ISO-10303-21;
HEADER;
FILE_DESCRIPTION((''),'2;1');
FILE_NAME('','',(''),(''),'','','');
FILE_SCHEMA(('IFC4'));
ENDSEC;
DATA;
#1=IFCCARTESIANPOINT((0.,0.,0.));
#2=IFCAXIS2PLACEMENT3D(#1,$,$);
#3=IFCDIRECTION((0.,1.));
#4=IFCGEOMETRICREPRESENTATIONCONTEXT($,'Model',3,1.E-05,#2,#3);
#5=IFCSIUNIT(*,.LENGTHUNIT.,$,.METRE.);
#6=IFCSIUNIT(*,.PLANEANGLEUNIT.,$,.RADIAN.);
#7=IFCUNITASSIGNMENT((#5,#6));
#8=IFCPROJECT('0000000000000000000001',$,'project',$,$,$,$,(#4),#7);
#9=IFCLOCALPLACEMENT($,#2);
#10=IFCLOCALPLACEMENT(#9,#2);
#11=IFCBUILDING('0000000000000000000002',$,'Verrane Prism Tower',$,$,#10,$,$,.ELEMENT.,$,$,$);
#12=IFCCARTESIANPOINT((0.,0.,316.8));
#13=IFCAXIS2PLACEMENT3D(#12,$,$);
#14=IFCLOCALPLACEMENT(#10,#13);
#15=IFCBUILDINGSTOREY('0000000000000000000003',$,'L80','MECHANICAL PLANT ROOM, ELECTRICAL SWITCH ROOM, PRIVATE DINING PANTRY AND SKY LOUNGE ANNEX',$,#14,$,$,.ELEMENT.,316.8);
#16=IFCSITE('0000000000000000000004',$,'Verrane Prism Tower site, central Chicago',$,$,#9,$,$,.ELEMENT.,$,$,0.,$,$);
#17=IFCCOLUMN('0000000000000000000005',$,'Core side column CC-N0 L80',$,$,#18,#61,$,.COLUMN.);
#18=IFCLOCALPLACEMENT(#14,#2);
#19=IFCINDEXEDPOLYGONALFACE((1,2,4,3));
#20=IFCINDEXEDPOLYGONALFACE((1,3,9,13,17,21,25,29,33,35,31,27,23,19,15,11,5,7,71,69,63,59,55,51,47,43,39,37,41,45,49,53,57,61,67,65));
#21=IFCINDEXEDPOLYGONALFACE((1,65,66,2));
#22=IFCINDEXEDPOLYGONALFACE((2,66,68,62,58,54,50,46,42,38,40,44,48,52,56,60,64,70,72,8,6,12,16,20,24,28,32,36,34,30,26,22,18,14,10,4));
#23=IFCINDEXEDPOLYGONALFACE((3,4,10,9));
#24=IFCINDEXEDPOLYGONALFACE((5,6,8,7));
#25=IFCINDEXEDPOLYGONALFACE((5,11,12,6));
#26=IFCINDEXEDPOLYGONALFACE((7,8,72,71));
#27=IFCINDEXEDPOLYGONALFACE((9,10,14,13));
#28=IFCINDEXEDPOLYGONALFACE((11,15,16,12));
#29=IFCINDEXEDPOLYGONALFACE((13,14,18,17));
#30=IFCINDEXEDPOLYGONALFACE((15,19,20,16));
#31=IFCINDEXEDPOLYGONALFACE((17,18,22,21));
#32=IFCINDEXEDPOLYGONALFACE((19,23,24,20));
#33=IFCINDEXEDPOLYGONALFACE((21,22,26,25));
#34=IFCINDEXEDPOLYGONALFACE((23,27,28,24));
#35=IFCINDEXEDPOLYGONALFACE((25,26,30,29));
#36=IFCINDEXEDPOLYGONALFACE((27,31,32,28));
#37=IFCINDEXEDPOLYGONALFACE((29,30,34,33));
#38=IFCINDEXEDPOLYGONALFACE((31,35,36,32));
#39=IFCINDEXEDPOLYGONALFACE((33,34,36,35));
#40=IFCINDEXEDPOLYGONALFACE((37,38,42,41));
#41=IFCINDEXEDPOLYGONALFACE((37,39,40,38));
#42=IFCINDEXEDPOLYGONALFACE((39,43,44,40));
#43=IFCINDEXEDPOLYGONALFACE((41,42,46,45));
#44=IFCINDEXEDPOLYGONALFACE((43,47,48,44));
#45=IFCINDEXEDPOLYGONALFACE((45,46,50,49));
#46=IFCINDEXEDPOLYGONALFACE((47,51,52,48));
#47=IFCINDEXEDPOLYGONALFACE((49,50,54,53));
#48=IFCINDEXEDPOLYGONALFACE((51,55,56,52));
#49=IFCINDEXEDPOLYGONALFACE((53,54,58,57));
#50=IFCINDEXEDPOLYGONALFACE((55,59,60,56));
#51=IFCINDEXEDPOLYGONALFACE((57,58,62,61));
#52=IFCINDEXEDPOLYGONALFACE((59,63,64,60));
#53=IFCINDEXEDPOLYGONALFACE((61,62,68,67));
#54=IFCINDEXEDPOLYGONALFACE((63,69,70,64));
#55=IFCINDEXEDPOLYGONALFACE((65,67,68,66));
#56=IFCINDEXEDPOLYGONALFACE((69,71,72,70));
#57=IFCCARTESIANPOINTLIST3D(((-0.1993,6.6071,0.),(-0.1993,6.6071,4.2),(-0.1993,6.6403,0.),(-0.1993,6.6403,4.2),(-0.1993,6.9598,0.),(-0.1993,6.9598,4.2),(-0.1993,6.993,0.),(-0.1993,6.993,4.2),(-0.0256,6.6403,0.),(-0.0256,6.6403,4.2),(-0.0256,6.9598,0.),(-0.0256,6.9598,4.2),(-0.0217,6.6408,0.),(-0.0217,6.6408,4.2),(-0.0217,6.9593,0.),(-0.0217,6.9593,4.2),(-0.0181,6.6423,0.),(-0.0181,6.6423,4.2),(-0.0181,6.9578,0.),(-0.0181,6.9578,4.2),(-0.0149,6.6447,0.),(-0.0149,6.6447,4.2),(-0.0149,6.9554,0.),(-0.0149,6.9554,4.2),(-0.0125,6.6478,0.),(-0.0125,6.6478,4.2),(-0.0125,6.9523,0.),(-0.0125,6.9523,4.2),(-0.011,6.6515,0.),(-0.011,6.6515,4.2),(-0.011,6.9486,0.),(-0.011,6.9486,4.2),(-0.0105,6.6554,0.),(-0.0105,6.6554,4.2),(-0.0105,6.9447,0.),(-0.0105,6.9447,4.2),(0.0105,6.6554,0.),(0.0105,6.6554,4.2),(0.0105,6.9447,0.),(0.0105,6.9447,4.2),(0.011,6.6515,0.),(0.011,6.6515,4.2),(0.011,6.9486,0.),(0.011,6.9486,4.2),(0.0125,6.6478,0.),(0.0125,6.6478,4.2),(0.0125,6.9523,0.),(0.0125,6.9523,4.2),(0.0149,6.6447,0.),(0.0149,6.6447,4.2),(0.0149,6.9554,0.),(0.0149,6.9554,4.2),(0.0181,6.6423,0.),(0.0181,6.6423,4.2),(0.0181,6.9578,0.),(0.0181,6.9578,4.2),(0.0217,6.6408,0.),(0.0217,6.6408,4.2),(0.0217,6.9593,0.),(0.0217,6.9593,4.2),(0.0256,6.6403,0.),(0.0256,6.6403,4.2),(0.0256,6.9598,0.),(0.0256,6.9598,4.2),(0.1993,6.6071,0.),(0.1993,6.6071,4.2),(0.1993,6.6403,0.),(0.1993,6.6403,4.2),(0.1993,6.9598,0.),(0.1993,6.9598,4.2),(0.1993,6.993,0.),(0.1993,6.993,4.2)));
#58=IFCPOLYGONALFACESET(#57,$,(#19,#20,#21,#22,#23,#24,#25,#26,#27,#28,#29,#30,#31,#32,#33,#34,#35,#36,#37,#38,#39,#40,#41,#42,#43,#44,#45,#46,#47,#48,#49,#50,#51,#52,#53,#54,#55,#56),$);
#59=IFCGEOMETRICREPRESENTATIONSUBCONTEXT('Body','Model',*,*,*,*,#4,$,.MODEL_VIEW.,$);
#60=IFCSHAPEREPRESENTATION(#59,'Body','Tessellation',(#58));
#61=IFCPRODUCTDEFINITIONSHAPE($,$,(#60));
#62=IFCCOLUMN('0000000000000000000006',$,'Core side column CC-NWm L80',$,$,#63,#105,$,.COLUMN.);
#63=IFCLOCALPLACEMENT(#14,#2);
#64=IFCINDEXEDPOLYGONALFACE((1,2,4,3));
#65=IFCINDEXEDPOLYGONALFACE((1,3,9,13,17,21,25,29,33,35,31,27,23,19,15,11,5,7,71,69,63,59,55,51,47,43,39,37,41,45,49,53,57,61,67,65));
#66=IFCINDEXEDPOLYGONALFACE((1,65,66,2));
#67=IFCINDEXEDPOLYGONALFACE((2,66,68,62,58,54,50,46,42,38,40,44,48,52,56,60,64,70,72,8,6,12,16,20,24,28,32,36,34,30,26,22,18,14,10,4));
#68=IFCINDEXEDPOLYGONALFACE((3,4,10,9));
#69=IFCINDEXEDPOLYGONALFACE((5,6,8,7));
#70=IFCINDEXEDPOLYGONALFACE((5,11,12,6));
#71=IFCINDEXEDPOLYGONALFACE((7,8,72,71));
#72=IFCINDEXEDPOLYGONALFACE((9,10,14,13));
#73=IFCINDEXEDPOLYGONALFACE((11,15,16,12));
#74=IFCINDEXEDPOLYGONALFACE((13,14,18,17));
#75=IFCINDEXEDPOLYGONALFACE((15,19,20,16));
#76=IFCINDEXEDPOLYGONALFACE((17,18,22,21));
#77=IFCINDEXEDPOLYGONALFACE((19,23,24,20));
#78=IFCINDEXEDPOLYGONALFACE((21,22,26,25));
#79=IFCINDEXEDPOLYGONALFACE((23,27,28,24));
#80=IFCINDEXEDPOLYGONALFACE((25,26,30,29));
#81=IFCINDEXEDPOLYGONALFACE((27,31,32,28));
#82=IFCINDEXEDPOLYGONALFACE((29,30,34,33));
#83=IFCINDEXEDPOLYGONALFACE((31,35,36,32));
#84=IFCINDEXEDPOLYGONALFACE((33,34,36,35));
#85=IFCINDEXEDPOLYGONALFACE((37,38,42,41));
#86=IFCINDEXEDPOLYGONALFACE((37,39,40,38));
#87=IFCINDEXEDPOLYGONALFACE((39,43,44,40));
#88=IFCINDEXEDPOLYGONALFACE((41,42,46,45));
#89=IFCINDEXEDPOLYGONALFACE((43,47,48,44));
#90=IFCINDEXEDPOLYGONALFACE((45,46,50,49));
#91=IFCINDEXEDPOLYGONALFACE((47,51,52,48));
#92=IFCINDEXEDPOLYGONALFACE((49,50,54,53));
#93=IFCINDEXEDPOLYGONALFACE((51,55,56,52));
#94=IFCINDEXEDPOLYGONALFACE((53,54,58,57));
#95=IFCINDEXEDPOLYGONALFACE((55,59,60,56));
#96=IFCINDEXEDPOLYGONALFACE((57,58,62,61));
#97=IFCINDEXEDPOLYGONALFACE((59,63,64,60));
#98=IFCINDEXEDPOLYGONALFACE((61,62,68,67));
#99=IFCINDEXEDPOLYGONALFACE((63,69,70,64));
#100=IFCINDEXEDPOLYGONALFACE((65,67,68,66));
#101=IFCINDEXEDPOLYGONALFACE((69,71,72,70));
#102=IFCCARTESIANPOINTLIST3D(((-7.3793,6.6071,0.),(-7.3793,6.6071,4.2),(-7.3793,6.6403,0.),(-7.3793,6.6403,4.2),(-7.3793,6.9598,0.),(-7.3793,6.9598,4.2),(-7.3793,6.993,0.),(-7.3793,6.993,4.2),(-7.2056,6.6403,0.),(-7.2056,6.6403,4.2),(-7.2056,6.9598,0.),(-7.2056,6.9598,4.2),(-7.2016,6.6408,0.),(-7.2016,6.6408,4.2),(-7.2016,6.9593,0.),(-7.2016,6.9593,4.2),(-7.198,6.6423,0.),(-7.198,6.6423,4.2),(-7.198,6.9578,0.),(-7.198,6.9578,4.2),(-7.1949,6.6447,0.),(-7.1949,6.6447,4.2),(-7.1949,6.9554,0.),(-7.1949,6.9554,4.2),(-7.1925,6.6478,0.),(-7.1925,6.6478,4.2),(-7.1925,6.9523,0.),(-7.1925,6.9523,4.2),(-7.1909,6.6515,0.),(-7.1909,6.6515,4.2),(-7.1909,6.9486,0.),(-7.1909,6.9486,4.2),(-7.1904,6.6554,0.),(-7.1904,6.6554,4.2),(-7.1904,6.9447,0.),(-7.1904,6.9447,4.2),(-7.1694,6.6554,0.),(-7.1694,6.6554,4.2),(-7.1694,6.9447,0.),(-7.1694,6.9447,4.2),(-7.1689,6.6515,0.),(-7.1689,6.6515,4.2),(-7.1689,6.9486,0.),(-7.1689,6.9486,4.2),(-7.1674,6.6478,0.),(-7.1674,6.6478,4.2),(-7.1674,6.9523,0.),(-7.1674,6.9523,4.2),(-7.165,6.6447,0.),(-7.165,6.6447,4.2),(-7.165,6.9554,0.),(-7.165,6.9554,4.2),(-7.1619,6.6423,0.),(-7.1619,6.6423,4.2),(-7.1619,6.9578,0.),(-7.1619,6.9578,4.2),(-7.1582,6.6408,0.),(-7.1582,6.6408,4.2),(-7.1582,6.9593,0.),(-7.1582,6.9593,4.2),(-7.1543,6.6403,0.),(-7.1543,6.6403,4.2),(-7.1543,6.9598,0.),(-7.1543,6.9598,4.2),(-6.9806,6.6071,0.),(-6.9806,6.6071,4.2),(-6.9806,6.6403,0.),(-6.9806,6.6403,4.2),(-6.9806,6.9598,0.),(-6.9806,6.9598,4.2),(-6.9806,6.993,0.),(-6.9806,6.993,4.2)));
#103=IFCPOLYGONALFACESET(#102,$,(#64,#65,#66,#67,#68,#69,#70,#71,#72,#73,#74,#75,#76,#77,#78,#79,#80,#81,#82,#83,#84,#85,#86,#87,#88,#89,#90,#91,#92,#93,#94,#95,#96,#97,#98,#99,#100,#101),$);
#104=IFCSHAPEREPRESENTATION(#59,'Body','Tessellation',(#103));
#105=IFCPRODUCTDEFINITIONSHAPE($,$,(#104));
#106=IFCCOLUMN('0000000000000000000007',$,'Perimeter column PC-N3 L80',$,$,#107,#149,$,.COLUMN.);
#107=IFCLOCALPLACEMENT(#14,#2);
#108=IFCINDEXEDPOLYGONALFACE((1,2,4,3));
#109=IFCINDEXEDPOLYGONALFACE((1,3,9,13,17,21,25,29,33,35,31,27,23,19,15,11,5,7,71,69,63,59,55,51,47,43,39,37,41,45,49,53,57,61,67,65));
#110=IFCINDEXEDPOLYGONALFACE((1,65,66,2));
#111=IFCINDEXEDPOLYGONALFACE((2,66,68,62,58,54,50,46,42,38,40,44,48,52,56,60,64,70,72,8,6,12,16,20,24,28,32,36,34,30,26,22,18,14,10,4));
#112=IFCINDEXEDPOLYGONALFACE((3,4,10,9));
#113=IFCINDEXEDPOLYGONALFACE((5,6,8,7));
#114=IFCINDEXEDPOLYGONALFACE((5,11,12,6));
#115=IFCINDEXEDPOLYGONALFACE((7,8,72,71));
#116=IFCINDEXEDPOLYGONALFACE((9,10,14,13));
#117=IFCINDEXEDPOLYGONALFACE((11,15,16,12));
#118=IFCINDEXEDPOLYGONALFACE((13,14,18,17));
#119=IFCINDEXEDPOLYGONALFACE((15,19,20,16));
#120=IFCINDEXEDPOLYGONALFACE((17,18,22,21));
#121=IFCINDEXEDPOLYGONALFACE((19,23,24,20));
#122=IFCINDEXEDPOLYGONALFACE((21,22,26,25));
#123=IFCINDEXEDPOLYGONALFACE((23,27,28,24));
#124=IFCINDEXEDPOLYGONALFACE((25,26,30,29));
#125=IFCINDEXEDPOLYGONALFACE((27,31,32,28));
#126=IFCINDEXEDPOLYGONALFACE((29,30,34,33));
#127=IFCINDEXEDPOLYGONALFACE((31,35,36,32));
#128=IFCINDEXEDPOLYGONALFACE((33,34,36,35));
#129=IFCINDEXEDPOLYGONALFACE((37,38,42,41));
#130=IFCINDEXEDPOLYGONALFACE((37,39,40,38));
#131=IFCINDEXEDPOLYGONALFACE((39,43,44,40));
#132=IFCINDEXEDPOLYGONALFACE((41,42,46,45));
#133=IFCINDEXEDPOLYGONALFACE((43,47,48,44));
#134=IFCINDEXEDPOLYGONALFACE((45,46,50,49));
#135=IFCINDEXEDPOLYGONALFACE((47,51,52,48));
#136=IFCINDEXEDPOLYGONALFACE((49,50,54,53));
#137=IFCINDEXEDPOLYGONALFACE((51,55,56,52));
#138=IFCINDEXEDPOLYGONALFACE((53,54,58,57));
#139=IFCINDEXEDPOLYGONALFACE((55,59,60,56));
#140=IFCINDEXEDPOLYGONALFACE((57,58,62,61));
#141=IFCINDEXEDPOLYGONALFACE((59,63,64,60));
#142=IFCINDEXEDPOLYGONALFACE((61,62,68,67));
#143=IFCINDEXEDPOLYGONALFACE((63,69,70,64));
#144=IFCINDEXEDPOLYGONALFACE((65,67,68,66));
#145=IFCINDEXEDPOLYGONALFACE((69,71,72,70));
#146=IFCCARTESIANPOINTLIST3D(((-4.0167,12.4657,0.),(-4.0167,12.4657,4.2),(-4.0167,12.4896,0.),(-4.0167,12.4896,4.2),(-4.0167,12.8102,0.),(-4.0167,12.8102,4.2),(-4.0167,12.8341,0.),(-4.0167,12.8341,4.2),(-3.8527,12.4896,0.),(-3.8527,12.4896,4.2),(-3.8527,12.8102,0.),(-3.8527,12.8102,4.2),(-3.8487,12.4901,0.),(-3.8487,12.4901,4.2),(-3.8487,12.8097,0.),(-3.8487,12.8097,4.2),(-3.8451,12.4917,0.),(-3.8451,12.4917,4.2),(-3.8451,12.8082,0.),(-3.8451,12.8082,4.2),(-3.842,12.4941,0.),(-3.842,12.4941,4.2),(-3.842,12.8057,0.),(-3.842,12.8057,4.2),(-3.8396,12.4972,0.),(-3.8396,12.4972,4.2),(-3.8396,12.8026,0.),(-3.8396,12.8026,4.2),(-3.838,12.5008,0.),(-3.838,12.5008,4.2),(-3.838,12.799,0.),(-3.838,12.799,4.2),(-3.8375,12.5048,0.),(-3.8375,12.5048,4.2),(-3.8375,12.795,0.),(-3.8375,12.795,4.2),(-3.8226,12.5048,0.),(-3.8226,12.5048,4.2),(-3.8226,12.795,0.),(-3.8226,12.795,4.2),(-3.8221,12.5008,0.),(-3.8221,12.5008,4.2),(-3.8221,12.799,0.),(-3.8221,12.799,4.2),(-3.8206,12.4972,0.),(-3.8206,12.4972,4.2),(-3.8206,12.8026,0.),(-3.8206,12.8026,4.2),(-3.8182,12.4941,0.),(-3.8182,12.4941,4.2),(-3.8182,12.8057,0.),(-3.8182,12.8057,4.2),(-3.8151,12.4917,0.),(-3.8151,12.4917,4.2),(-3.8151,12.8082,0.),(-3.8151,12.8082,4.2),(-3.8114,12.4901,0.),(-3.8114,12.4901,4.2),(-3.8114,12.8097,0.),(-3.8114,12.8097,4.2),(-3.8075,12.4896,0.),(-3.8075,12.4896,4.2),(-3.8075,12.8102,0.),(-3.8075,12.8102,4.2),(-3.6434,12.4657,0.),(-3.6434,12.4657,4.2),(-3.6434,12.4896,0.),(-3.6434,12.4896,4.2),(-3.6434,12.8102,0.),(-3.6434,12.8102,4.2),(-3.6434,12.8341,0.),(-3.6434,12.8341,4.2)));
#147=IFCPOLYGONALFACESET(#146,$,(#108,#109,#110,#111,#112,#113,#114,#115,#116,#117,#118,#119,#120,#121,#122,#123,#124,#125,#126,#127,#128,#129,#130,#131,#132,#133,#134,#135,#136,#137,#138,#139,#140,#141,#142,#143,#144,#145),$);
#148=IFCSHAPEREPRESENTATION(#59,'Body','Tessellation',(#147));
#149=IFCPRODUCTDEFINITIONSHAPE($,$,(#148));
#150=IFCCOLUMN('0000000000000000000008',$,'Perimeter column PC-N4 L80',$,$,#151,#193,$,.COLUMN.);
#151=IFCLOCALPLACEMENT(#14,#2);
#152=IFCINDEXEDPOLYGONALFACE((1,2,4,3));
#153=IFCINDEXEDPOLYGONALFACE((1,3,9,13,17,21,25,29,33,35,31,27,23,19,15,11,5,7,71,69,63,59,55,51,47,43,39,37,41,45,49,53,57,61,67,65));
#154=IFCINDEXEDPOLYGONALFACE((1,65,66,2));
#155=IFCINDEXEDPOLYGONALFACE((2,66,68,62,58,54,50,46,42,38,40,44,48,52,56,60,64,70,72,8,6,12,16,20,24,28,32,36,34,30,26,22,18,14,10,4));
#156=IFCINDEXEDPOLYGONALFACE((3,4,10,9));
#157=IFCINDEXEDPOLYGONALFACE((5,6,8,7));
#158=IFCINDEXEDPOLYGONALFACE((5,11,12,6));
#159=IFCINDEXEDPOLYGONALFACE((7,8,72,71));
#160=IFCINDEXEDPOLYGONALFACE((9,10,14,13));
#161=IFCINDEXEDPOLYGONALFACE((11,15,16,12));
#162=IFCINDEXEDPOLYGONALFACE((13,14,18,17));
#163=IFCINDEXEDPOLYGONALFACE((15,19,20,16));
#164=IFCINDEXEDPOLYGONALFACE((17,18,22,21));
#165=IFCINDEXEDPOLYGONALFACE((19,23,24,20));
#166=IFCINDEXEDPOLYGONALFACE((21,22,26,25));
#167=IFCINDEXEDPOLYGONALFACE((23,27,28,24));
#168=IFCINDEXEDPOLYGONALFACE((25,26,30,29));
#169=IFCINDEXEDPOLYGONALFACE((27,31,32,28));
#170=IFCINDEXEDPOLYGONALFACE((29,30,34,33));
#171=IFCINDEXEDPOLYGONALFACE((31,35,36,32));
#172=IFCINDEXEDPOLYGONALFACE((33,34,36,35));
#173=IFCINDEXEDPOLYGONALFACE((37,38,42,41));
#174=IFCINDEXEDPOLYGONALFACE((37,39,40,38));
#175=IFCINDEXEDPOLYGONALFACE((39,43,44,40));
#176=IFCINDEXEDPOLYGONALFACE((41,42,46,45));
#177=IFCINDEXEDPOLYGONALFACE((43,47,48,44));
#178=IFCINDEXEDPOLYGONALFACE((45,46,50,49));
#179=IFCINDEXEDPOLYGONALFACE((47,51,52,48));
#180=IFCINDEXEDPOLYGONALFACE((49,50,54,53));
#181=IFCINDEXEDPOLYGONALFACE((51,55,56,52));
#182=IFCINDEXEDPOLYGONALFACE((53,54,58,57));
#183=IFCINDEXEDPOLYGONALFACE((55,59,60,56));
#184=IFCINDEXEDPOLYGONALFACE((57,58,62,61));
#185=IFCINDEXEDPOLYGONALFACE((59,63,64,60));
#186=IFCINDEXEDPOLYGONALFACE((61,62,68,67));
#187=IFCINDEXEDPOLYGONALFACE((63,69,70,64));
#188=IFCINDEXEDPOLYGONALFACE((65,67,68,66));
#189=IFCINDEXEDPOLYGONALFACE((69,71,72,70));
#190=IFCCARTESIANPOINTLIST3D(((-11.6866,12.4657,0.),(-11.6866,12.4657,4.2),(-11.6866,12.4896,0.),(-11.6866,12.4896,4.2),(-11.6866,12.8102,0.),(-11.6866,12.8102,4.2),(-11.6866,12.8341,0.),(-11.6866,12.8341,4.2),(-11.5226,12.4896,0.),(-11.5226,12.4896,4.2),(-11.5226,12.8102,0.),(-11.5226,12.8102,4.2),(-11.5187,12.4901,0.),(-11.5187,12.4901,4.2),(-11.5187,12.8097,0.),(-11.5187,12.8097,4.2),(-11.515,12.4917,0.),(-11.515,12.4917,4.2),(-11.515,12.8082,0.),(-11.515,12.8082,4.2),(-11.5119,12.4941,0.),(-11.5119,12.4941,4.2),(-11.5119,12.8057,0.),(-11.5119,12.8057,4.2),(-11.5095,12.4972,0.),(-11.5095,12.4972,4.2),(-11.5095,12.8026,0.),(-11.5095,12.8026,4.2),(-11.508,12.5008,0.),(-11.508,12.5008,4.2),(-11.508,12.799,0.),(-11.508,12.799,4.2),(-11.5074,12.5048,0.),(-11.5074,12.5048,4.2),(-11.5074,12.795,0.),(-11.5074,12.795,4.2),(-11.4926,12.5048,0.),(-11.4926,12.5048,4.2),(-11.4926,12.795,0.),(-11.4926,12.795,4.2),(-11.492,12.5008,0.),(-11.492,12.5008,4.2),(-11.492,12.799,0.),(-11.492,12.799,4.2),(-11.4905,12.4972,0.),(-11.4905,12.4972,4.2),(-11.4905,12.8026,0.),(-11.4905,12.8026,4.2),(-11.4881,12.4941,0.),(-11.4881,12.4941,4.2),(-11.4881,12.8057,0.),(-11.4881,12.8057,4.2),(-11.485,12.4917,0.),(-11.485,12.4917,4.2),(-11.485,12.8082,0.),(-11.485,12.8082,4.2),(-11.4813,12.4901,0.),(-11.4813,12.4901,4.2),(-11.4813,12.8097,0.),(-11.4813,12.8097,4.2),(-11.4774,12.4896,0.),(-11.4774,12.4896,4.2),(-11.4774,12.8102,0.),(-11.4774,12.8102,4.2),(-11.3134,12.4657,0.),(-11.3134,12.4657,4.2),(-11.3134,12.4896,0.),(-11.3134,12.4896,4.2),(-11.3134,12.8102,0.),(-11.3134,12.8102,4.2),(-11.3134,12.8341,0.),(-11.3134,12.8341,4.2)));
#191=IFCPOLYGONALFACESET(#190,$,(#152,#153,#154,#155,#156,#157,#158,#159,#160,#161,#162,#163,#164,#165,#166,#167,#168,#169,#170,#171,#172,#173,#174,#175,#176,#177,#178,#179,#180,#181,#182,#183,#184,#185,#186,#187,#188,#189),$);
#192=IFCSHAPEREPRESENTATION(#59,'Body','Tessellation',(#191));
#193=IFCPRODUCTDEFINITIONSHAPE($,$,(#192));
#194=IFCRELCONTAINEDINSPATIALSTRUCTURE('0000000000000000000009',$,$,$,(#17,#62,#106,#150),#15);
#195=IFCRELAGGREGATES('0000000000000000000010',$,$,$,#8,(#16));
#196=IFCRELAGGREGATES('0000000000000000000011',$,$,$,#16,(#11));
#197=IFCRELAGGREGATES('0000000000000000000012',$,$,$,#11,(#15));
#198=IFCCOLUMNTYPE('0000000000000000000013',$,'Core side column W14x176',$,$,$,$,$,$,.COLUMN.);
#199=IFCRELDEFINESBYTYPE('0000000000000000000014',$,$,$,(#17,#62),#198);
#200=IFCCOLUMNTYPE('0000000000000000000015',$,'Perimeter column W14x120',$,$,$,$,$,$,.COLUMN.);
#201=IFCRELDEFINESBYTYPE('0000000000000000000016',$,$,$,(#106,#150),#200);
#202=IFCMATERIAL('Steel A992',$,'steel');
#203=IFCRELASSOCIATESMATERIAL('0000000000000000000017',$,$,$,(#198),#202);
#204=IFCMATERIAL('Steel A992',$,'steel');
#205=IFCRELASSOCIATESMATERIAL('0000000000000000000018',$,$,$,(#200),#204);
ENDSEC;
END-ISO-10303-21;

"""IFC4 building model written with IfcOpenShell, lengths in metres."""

from ifc_helpers import new_model, si_unit, direction, frame, origin, origin_2d, place, context, subcontext, project, spatial, i_section, extrude, material, material_profile, profile_set, type_object, element, save


model = new_model("IFC4")

# Units and contexts
model_context = context("Model", 3, precision=1e-05, world=origin(), true_north=direction((0.0, 1.0)))
body_context = subcontext(model_context, "Body", "Model", "MODEL_VIEW")
ifc_project = project(units=[si_unit("LENGTHUNIT", "METRE"), si_unit("PLANEANGLEUNIT", "RADIAN")], contexts=[model_context])

# Site, building, storey
site_placement = place(None, origin())
site = spatial("IfcSite", under=ifc_project, at=site_placement, Name="Verrane Prism Tower site, central Chicago", CompositionType="ELEMENT", RefElevation=0.0)
building_placement = place(site_placement, origin())
building = spatial("IfcBuilding", under=site, at=building_placement, Name="Verrane Prism Tower", CompositionType="ELEMENT")
storey_placement = place(building_placement, frame((0.0, 0.0, 316.8)))
storey = spatial("IfcBuildingStorey", under=building, at=storey_placement, Name="L80", Description="MECHANICAL PLANT ROOM, ELECTRICAL SWITCH ROOM, PRIVATE DINING PANTRY AND SKY LOUNGE ANNEX", CompositionType="ELEMENT", Elevation=316.8)

# Columns
ifc_material_1 = material(Name="Steel A992", Category="steel")
ifc_material_profile_1 = material_profile(ifc_material_1, i_section(OverallWidth=0.3987, OverallDepth=0.386, WebThickness=0.021, FlangeThickness=0.0332, FilletRadius=0.0151, at=origin_2d()), Name="W14x176")
ifc_profile_set_1 = profile_set([ifc_material_profile_1], Name="Steel A992")
column_type_1 = type_object("IfcColumnType", Name="Core side column W14x176", PredefinedType="COLUMN", material=ifc_profile_set_1)
for number, where, z_axis, x_axis, name in (
    (1, (0.0, 6.8, 0.0), (0.0, 0.0, 1.0), (1.0, 0.0, 0.0), "Core side column CC-N0 L80"),
    (2, (-7.1799, 6.8, 0.0), (0.0, 0.0, 1.0), (1.0, 0.0, 0.0), "Core side column CC-NWm L80"),
):
    element("IfcColumn", number, at=place(storey_placement, frame(where, z_axis=z_axis, x_axis=x_axis)), inside=storey, type_object=column_type_1, Name=name, PredefinedType="COLUMN", context=body_context, shape_type="SweptSolid", body=[
        extrude(i_section(OverallWidth=0.3987, OverallDepth=0.386, WebThickness=0.021, FlangeThickness=0.0332, FilletRadius=0.0151, at=origin_2d()), origin(), (0.0, 0.0, 1.0), 4.2),
    ])
ifc_material_2 = material(Name="Steel A992", Category="steel")
ifc_material_profile_2 = material_profile(ifc_material_2, i_section(OverallWidth=0.3733, OverallDepth=0.3684, WebThickness=0.0149, FlangeThickness=0.0239, FilletRadius=0.0151, at=origin_2d()), Name="W14x120")
ifc_profile_set_2 = profile_set([ifc_material_profile_2], Name="Steel A992")
column_type_2 = type_object("IfcColumnType", Name="Perimeter column W14x120", PredefinedType="COLUMN", material=ifc_profile_set_2)
for number, where, z_axis, x_axis, name in (
    (3, (-3.8301, 12.6499, 0.0), (0.0, 0.0, 1.0), (1.0, 0.0, 0.0), "Perimeter column PC-N3 L80"),
    (4, (-11.5, 12.6499, 0.0), (0.0, 0.0, 1.0), (1.0, 0.0, 0.0), "Perimeter column PC-N4 L80"),
):
    element("IfcColumn", number, at=place(storey_placement, frame(where, z_axis=z_axis, x_axis=x_axis)), inside=storey, type_object=column_type_2, Name=name, PredefinedType="COLUMN", context=body_context, shape_type="SweptSolid", body=[
        extrude(i_section(OverallWidth=0.3733, OverallDepth=0.3684, WebThickness=0.0149, FlangeThickness=0.0239, FilletRadius=0.0151, at=origin_2d()), origin(), (0.0, 0.0, 1.0), 4.2),
    ])

save(model, "model.ifc")
